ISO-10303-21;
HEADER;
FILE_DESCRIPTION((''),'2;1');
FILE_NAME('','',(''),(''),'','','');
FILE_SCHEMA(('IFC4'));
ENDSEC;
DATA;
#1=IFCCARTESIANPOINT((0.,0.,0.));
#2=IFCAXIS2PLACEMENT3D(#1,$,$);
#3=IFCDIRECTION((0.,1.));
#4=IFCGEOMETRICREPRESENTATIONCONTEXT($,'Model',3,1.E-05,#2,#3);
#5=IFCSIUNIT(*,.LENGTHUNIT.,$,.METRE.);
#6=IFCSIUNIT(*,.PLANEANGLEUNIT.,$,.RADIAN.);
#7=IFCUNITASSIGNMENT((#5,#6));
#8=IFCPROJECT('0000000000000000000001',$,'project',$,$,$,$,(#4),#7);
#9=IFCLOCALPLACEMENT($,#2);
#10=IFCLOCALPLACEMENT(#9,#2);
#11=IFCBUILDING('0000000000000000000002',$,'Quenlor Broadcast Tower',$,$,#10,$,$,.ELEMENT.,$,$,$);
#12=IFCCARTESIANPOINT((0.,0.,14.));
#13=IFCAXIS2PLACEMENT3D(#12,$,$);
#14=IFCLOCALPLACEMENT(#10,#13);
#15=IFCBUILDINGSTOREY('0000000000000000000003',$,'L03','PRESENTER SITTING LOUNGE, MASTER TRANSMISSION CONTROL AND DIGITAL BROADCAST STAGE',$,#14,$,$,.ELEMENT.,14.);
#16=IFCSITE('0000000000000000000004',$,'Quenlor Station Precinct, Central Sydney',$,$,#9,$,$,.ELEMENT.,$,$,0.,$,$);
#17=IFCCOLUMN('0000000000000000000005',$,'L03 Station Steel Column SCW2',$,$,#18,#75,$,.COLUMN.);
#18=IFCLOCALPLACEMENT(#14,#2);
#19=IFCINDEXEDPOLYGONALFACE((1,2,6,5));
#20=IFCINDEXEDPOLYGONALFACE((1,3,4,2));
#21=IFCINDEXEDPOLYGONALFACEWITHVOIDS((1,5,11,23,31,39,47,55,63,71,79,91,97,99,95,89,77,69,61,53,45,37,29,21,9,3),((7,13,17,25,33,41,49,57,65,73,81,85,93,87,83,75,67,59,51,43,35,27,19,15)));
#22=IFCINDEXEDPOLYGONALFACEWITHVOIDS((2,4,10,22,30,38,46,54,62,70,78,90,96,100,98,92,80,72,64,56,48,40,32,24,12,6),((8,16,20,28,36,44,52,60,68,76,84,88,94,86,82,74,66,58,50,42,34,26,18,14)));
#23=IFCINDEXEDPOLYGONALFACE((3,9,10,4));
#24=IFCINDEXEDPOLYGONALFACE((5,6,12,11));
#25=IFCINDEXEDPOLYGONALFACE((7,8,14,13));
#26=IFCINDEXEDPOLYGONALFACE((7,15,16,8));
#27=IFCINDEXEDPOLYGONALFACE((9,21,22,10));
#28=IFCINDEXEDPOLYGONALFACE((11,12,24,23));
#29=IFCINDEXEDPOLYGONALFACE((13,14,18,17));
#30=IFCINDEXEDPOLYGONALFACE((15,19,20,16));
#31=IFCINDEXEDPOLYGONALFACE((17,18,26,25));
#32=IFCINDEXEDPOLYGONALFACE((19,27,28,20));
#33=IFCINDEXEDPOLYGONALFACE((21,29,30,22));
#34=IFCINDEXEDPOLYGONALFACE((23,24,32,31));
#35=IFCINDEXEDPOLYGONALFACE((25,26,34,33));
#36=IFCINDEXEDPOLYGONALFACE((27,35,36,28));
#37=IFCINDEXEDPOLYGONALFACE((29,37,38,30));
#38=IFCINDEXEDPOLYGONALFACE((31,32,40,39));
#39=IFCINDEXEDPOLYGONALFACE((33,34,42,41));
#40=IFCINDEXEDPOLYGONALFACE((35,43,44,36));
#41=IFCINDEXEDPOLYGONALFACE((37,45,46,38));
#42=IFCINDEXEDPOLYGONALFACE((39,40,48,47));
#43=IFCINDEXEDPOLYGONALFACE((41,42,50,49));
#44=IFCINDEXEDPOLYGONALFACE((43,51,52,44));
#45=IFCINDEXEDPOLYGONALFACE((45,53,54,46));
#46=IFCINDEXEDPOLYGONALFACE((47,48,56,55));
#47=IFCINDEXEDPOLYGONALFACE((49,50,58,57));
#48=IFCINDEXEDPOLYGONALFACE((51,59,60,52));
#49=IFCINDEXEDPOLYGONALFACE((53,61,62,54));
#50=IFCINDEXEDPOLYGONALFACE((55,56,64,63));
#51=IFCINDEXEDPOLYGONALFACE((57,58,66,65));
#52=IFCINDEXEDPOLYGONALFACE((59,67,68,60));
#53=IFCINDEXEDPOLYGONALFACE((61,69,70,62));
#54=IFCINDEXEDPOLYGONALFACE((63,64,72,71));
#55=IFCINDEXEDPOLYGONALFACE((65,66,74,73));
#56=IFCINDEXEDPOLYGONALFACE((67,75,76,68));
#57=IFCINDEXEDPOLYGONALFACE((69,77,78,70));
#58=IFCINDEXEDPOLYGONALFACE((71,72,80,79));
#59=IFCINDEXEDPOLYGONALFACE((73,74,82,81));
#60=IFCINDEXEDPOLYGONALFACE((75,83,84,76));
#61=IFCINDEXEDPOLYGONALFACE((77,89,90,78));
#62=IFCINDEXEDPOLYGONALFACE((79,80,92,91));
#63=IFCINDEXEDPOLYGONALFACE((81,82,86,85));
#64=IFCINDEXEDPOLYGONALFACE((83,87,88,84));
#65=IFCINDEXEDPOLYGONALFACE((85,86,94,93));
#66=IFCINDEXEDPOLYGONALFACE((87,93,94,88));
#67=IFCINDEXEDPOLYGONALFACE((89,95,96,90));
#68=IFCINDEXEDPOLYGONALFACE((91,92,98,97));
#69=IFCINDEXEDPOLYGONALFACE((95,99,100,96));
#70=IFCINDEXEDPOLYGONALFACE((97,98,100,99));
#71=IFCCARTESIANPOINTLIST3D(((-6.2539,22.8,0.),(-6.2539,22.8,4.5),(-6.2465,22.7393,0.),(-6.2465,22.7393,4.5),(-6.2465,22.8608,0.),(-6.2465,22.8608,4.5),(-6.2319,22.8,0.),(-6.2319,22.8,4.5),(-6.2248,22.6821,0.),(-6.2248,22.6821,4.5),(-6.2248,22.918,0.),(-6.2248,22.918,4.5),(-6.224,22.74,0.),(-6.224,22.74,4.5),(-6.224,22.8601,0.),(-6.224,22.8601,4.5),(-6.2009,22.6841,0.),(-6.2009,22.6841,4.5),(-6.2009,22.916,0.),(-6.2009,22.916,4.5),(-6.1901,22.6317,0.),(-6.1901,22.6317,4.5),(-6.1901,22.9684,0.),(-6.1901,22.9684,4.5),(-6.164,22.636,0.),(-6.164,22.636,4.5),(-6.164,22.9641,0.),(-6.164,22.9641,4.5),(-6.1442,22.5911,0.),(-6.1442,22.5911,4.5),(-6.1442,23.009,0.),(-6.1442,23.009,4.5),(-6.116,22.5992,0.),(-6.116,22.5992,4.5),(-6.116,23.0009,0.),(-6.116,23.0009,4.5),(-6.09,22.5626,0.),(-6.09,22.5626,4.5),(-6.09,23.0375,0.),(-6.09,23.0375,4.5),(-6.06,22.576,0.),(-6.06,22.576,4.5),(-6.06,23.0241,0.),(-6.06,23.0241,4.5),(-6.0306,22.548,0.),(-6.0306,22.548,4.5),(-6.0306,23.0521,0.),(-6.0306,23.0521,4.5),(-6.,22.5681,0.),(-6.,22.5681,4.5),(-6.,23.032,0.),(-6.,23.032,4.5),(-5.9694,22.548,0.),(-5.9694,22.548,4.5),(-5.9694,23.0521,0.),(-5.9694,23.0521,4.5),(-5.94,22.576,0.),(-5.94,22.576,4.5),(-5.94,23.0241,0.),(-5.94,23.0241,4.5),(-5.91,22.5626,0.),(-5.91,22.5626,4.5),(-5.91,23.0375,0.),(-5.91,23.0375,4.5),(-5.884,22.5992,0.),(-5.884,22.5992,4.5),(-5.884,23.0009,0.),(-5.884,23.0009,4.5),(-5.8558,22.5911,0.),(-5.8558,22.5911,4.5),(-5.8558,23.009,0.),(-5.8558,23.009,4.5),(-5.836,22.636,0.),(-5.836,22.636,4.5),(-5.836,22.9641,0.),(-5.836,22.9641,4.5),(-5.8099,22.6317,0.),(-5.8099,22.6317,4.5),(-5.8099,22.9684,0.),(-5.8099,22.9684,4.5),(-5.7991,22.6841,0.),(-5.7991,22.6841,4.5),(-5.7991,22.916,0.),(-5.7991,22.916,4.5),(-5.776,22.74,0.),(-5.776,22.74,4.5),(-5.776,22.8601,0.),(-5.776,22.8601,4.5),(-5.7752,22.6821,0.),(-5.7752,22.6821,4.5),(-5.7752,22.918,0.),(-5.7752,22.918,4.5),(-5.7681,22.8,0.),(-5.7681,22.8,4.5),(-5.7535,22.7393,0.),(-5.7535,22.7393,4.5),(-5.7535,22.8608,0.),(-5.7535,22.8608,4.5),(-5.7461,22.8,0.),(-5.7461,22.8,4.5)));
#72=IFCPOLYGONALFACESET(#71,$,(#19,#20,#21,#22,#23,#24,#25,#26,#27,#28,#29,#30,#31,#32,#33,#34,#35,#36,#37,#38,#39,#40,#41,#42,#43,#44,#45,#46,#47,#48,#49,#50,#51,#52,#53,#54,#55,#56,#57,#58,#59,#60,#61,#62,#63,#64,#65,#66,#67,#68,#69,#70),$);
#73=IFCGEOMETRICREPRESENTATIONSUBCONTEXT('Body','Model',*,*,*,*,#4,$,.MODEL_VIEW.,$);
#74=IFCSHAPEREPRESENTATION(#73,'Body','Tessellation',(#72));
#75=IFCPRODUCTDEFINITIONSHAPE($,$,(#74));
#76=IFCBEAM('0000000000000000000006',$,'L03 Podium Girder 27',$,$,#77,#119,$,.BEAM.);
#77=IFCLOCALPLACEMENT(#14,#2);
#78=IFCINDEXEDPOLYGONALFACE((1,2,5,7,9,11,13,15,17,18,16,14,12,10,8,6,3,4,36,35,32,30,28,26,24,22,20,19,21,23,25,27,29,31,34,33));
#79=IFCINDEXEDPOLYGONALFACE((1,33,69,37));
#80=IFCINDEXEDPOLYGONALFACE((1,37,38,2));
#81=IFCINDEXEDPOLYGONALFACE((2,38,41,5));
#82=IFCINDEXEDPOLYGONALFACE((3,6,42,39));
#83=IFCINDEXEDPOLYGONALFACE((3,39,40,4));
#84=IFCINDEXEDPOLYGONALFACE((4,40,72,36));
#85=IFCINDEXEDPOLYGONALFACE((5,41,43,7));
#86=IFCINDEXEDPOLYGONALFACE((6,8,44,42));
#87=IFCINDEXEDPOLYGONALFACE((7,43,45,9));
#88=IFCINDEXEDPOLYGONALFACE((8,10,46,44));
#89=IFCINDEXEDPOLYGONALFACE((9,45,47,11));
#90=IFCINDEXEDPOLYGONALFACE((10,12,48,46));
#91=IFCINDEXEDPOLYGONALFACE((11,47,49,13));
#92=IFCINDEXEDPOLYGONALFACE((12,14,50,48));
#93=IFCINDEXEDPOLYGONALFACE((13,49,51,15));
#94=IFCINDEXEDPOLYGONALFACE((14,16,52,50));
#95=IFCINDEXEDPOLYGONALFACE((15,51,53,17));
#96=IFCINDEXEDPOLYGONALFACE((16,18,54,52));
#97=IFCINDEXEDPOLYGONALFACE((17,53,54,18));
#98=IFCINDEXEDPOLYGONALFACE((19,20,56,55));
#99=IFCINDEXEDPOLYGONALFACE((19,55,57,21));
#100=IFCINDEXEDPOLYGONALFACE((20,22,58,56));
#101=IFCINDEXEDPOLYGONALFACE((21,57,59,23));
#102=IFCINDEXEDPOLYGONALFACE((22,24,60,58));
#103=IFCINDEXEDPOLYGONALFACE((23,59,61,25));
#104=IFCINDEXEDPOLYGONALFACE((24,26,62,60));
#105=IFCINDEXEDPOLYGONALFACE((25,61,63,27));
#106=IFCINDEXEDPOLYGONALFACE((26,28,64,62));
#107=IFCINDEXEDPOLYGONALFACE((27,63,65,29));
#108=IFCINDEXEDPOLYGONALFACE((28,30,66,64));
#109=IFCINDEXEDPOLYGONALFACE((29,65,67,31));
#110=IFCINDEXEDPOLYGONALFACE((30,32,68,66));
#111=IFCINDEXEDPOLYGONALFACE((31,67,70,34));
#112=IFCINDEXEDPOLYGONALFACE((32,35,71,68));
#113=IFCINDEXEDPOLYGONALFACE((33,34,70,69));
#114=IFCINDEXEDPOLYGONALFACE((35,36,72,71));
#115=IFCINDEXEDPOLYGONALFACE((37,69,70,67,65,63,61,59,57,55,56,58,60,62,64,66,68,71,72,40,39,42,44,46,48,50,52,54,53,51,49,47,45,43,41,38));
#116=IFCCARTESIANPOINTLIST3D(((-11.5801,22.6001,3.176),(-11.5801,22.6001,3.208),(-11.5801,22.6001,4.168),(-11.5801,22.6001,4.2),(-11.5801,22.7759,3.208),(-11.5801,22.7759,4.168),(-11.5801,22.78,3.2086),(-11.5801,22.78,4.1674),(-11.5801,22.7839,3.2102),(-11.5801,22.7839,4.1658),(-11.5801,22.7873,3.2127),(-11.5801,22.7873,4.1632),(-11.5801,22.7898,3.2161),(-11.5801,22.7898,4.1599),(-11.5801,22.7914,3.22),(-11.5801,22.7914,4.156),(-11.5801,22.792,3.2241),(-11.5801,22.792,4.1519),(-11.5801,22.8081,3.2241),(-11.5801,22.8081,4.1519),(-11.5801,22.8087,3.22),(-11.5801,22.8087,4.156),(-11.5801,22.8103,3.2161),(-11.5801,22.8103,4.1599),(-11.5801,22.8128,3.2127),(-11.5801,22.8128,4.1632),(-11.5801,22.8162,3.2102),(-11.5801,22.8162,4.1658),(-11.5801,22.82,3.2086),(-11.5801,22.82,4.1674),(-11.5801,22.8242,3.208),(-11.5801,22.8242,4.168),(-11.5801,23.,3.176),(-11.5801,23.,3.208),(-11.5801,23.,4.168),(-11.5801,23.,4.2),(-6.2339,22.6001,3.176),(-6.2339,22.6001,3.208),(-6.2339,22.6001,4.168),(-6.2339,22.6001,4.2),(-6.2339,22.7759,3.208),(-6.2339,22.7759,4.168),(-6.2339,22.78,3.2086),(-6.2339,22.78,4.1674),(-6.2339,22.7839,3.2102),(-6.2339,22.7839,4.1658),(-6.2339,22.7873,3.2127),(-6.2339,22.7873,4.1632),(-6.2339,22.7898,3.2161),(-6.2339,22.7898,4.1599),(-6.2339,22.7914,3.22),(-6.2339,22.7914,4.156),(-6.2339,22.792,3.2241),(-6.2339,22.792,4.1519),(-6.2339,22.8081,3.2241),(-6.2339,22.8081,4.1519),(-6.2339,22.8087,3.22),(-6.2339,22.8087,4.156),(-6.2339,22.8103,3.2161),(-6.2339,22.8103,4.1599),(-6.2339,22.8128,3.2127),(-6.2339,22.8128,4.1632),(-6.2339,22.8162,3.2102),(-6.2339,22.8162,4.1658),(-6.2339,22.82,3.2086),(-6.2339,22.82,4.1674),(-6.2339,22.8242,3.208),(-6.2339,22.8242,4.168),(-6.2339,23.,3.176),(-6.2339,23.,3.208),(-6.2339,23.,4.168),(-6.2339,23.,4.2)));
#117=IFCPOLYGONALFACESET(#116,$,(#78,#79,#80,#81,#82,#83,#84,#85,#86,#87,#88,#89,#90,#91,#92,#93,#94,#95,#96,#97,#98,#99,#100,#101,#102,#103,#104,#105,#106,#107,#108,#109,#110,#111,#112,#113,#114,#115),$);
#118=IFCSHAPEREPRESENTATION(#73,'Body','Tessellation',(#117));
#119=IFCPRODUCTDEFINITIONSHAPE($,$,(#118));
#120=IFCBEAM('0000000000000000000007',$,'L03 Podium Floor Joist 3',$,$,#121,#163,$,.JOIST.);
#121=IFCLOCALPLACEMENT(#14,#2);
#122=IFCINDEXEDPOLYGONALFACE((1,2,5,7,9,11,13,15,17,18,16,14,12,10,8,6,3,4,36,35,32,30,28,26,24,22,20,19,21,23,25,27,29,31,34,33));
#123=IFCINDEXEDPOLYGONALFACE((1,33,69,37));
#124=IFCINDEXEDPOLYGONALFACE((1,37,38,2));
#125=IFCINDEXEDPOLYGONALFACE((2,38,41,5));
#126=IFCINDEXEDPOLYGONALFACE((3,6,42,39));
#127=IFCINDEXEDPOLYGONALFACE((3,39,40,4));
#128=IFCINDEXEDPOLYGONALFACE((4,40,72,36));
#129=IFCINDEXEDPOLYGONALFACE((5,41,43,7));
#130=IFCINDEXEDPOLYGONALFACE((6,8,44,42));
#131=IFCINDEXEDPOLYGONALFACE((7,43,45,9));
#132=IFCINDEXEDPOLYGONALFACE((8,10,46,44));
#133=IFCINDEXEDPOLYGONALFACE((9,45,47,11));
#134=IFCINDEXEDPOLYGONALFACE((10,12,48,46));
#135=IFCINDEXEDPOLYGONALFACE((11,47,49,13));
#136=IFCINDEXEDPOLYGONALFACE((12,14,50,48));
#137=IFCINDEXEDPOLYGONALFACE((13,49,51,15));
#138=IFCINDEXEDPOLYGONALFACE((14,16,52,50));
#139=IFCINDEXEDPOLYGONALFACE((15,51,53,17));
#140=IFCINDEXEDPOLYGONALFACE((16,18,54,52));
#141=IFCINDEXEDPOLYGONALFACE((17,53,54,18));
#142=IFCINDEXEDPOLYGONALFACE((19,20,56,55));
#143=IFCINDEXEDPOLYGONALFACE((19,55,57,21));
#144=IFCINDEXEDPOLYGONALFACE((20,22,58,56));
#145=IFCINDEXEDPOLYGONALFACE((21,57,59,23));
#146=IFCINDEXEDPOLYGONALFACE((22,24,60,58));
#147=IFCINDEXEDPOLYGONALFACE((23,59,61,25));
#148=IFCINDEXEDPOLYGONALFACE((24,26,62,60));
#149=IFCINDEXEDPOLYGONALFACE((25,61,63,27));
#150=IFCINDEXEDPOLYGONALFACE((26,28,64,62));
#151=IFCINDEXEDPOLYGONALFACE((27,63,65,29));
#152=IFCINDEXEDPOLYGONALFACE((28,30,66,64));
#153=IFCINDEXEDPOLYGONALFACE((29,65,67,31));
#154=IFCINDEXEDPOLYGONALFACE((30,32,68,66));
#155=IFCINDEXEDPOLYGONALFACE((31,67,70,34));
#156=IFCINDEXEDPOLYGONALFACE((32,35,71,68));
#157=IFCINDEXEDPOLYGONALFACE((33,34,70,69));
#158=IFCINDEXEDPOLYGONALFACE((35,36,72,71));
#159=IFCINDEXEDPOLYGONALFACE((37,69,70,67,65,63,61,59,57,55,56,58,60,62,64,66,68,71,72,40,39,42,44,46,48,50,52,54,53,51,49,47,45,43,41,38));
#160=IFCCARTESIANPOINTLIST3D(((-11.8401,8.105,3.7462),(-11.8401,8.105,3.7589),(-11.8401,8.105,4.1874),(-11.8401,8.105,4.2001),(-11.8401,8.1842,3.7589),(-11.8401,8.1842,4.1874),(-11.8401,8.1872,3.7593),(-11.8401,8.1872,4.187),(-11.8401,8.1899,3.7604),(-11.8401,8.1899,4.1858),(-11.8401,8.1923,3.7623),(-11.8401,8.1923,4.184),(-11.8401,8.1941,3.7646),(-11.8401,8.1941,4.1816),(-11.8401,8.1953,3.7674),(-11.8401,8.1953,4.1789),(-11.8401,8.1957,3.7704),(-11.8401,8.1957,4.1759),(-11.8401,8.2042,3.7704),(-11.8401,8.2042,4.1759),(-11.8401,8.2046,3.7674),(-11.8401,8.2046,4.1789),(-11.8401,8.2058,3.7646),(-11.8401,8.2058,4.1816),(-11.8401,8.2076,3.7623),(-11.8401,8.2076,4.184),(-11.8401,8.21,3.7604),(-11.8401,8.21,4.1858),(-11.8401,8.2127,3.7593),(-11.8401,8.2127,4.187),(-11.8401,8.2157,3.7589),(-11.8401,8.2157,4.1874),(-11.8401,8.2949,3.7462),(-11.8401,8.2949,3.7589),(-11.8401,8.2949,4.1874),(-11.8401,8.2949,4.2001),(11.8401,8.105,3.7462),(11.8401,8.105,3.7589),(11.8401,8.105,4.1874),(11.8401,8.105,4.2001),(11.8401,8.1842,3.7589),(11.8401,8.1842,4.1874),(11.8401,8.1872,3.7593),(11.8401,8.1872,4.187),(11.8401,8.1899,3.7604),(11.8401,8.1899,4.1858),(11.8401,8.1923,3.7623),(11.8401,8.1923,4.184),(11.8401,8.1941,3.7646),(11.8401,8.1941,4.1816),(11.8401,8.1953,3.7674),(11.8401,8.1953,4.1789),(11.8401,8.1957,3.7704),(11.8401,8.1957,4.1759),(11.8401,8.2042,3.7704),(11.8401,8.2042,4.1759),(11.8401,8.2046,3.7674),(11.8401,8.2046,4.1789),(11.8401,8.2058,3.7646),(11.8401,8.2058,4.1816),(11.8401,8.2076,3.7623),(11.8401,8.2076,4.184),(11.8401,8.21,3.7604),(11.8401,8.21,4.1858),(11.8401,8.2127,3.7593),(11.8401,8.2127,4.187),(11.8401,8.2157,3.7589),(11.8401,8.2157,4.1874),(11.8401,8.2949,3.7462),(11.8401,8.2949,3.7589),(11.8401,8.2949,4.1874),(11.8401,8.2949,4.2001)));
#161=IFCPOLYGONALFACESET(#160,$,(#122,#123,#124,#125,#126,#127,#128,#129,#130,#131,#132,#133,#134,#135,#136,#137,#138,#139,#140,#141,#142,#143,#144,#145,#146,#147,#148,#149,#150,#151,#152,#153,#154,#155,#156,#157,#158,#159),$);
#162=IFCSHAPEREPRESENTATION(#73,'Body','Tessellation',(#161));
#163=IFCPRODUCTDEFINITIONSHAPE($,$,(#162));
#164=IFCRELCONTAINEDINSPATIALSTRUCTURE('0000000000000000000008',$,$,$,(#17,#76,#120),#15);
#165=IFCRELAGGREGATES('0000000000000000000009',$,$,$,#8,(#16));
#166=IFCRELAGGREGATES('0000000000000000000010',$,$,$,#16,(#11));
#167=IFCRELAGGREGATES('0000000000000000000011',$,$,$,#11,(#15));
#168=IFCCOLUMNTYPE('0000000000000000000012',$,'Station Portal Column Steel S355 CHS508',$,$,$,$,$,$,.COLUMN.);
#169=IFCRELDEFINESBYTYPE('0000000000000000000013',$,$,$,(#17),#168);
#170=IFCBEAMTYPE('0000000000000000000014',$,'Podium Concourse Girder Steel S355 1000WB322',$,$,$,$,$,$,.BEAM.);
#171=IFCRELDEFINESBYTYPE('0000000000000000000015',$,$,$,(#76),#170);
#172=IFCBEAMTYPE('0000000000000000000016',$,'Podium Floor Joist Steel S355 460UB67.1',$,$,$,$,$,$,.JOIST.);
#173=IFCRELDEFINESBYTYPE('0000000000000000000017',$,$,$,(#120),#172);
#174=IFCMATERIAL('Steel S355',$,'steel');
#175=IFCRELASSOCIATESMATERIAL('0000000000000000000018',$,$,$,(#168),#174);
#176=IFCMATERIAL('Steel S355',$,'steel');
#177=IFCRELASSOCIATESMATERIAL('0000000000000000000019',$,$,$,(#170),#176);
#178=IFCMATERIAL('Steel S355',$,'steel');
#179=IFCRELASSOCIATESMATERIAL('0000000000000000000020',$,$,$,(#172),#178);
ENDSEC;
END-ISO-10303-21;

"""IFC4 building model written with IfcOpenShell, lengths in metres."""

from ifc_helpers import new_model, si_unit, direction, frame, origin, origin_2d, place, context, subcontext, project, spatial, hollow_circle, i_section, extrude, material, material_profile, profile_set, type_object, element, save


model = new_model("IFC4")

# Units and contexts
model_context = context("Model", 3, precision=1e-05, world=origin(), true_north=direction((0.0, 1.0)))
body_context = subcontext(model_context, "Body", "Model", "MODEL_VIEW")
ifc_project = project(units=[si_unit("LENGTHUNIT", "METRE"), si_unit("PLANEANGLEUNIT", "RADIAN")], contexts=[model_context])

# Site, building, storey
site_placement = place(None, origin())
site = spatial("IfcSite", under=ifc_project, at=site_placement, Name="Quenlor Station Precinct, Central Sydney", CompositionType="ELEMENT", RefElevation=0.0)
building_placement = place(site_placement, origin())
building = spatial("IfcBuilding", under=site, at=building_placement, Name="Quenlor Broadcast Tower", CompositionType="ELEMENT")
storey_placement = place(building_placement, frame((0.0, 0.0, 14.0)))
storey = spatial("IfcBuildingStorey", under=building, at=storey_placement, Name="L03", Description="PRESENTER SITTING LOUNGE, MASTER TRANSMISSION CONTROL AND DIGITAL BROADCAST STAGE", CompositionType="ELEMENT", Elevation=14.0)

# Column
ifc_material_1 = material(Name="Steel S355", Category="steel")
ifc_material_profile_1 = material_profile(ifc_material_1, hollow_circle(Radius=0.2539, WallThickness=0.022, at=origin_2d()))
ifc_profile_set_1 = profile_set([ifc_material_profile_1], Name="Steel S355 CHS508x22")
column_type = type_object("IfcColumnType", Name="Station Portal Column Steel S355 CHS508", PredefinedType="COLUMN", material=ifc_profile_set_1)
column_placement = place(storey_placement, frame((-6.0, 22.8, 0.0), z_axis=(0.0, 0.0, 1.0), x_axis=(1.0, 0.0, 0.0)))
element("IfcColumn", 1, at=column_placement, inside=storey, type_object=column_type, Name="L03 Station Steel Column SCW2", PredefinedType="COLUMN", context=body_context, shape_type="SweptSolid", body=[
    extrude(hollow_circle(Radius=0.2539, WallThickness=0.022, at=origin_2d()), origin(), (0.0, 0.0, 1.0), 4.5),
])

# Beams
ifc_material_2 = material(Name="Steel S355", Category="steel")
ifc_material_profile_2 = material_profile(ifc_material_2, i_section(OverallWidth=0.3999, OverallDepth=1.0239, WebThickness=0.0161, FlangeThickness=0.032, FilletRadius=0.0161, at=origin_2d()))
ifc_profile_set_2 = profile_set([ifc_material_profile_2], Name="Steel S355 1000WB322")
beam_type_1 = type_object("IfcBeamType", Name="Podium Concourse Girder Steel S355 1000WB322", PredefinedType="BEAM", material=ifc_profile_set_2)
beam_placement = place(storey_placement, frame((-11.5801, 22.8, 3.688), z_axis=(1.0, 0.0, 0.0), x_axis=(0.0, 1.0, 0.0)))
element("IfcBeam", 2, at=beam_placement, inside=storey, type_object=beam_type_1, Name="L03 Podium Girder 27", PredefinedType="BEAM", context=body_context, shape_type="SweptSolid", body=[
    extrude(i_section(OverallWidth=0.3999, OverallDepth=1.0239, WebThickness=0.0161, FlangeThickness=0.032, FilletRadius=0.0161, at=origin_2d()), origin(), (0.0, 0.0, 1.0), 5.3462),
])
ifc_material_3 = material(Name="Steel S355", Category="steel")
ifc_material_profile_3 = material_profile(ifc_material_3, i_section(OverallWidth=0.1899, OverallDepth=0.4539, WebThickness=0.0085, FlangeThickness=0.0127, FilletRadius=0.0115, at=origin_2d()))
ifc_profile_set_3 = profile_set([ifc_material_profile_3], Name="Steel S355 460UB67.1")
beam_type_2 = type_object("IfcBeamType", Name="Podium Floor Joist Steel S355 460UB67.1", PredefinedType="JOIST", material=ifc_profile_set_3)
for number, where, z_axis, x_axis, name in (
    (3, (-11.8401, 8.2, 3.9731), (1.0, 0.0, 0.0), (0.0, 1.0, 0.0), "L03 Podium Floor Joist 3"),
):
    element("IfcBeam", number, at=place(storey_placement, frame(where, z_axis=z_axis, x_axis=x_axis)), inside=storey, type_object=beam_type_2, Name=name, PredefinedType="JOIST", context=body_context, shape_type="SweptSolid", body=[
        extrude(i_section(OverallWidth=0.1899, OverallDepth=0.4539, WebThickness=0.0085, FlangeThickness=0.0127, FilletRadius=0.0115, at=origin_2d()), origin(), (0.0, 0.0, 1.0), 23.6802),
    ])

save(model, "model.ifc")
